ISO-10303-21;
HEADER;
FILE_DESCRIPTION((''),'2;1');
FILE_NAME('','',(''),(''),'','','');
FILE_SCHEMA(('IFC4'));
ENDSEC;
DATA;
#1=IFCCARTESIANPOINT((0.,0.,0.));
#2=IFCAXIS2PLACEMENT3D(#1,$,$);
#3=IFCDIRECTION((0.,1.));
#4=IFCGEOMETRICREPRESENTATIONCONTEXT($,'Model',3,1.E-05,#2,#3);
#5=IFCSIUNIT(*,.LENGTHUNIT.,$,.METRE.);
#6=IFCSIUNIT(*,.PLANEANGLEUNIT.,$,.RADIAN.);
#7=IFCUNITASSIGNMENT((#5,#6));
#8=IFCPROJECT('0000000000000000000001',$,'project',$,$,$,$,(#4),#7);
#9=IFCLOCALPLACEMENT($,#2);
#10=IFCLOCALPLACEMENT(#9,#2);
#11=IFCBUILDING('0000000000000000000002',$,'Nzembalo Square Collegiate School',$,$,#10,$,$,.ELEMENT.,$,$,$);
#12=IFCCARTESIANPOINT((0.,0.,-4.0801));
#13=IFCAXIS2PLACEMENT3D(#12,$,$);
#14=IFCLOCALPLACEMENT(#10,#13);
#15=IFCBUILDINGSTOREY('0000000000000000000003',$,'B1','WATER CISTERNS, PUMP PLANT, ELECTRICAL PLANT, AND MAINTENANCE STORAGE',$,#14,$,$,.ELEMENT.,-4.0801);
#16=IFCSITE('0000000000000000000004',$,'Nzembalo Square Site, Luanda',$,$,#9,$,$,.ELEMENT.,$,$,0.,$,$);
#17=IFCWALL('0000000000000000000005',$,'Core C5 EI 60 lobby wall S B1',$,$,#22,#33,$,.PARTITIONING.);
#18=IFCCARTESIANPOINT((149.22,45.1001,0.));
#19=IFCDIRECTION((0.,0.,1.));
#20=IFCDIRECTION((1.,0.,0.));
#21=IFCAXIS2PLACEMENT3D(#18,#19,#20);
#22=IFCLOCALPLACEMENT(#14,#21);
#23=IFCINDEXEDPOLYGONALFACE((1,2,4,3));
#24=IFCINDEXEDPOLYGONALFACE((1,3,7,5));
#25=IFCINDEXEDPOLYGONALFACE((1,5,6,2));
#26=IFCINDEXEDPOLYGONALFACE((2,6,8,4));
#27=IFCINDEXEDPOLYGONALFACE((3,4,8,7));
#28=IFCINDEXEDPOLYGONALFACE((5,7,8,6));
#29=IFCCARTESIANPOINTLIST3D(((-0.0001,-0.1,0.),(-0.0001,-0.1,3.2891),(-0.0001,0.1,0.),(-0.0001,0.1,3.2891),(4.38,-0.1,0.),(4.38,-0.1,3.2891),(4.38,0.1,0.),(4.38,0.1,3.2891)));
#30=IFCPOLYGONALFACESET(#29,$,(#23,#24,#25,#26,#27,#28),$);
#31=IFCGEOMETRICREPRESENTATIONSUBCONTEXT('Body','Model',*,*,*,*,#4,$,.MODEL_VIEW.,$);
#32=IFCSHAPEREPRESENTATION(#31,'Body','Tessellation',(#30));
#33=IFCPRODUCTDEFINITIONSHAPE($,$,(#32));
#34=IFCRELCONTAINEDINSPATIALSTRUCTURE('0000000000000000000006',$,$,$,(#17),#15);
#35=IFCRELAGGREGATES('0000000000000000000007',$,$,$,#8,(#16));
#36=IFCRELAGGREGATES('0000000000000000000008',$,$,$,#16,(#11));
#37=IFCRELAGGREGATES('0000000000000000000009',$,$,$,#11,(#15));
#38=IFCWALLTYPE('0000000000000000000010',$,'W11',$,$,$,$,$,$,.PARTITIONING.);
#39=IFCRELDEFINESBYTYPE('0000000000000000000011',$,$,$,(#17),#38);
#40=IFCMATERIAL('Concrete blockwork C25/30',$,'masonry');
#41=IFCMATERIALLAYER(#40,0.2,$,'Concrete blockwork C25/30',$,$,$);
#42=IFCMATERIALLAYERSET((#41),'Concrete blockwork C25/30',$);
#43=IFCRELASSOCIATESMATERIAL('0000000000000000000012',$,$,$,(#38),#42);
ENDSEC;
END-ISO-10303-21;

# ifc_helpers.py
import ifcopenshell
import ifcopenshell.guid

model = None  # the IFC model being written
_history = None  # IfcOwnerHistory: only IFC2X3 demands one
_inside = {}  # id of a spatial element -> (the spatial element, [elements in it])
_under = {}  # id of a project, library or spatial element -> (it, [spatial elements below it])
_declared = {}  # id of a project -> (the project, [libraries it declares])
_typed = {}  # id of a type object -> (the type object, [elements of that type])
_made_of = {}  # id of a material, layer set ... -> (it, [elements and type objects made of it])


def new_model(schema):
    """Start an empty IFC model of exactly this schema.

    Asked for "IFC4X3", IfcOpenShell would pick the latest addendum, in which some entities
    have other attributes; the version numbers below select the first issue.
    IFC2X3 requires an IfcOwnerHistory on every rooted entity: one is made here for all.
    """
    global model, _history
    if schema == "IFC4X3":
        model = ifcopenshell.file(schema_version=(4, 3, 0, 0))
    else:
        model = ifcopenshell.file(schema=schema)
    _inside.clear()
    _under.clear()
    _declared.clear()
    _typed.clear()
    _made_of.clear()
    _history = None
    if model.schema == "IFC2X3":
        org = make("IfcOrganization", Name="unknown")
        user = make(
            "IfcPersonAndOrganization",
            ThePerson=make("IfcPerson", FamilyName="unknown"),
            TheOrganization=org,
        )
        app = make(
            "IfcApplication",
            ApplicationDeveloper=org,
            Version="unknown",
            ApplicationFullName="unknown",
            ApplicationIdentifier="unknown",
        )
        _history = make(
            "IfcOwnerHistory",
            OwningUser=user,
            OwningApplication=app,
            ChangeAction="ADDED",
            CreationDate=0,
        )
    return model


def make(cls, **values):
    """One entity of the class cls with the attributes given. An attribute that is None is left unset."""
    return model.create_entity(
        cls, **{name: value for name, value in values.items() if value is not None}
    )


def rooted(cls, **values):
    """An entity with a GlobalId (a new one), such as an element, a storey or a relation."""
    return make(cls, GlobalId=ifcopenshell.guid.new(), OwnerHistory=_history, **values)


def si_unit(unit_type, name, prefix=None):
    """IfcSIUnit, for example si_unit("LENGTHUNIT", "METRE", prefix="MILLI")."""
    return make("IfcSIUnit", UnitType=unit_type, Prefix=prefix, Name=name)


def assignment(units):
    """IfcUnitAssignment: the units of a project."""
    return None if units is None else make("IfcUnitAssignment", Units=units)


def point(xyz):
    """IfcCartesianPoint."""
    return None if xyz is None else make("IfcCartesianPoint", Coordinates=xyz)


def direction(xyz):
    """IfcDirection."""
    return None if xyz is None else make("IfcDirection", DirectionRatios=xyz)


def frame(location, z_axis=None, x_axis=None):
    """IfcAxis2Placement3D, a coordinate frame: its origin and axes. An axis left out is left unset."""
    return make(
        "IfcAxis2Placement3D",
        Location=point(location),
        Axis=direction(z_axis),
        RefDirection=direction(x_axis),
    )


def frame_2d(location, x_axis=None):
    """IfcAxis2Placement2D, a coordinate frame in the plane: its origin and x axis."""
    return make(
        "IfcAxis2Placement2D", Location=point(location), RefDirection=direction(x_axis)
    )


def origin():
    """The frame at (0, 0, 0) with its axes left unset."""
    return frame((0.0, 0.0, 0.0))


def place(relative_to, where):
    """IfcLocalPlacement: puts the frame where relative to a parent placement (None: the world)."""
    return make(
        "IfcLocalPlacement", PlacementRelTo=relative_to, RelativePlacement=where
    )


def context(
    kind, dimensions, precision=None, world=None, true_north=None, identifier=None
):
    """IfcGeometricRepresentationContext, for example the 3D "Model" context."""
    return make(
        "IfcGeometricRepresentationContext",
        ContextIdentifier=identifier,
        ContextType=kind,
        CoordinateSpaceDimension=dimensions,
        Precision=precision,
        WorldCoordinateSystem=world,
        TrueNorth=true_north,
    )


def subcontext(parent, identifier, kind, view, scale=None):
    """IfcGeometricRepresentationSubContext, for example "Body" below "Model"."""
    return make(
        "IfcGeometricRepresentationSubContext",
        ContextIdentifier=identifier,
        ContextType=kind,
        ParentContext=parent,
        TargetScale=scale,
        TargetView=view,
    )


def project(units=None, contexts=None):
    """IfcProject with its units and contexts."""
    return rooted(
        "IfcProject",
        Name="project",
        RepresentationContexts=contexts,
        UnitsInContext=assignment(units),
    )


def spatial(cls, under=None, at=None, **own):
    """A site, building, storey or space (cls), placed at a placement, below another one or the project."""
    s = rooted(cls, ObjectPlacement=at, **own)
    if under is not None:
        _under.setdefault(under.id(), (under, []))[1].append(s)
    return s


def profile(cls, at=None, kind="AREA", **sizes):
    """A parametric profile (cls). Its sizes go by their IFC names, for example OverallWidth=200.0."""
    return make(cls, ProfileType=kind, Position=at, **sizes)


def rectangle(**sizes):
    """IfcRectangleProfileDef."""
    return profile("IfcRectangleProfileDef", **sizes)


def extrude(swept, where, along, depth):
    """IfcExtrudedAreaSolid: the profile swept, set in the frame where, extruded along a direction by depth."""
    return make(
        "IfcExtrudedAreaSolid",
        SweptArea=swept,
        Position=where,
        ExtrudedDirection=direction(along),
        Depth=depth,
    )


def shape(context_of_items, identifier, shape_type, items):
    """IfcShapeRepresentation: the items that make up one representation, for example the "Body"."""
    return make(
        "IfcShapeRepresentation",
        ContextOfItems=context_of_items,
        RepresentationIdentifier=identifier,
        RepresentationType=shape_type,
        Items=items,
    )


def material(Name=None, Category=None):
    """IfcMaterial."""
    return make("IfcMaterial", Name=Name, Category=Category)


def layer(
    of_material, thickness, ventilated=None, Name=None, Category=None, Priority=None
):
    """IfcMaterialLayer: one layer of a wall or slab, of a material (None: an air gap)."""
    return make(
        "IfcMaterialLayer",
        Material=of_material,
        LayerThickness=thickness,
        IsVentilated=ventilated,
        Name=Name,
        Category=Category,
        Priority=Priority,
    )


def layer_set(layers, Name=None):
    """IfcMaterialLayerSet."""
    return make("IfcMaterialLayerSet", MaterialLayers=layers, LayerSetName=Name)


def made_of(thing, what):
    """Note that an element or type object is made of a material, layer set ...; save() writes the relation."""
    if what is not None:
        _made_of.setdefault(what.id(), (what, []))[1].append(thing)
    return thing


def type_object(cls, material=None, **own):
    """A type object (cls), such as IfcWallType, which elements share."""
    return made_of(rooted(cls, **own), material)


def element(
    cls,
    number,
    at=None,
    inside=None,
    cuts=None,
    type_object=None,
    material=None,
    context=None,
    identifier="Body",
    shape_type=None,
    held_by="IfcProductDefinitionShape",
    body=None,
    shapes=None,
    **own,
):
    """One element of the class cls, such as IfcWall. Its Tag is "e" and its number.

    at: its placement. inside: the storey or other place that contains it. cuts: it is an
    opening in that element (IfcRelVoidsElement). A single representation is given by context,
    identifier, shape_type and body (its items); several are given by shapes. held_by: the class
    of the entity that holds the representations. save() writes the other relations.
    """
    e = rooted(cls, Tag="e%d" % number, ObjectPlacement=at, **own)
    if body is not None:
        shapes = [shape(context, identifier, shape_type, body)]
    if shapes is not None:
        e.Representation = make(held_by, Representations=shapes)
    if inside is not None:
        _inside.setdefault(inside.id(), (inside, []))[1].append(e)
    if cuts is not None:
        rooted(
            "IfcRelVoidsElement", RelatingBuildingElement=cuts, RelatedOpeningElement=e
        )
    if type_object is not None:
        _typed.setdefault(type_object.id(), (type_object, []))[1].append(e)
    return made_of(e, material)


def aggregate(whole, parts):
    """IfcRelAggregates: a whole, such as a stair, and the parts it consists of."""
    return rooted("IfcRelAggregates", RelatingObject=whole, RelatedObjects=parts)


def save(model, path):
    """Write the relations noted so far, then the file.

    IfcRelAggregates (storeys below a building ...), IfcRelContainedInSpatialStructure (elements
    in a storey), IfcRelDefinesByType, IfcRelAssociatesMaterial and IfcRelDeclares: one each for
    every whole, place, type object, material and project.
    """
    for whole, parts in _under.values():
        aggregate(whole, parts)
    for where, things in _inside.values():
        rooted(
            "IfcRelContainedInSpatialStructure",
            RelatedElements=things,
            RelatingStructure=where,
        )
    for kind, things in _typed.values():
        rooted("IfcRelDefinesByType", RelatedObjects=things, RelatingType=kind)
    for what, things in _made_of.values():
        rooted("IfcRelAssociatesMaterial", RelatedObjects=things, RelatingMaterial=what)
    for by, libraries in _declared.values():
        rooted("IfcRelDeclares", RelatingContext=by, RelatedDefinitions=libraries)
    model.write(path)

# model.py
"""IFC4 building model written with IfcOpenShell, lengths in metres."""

from ifc_helpers import new_model, si_unit, direction, frame, frame_2d, origin, place, context, subcontext, project, spatial, rectangle, extrude, material, layer, layer_set, type_object, element, save


model = new_model("IFC4")

# Units and contexts
model_context = context("Model", 3, precision=1e-05, world=origin(), true_north=direction((0.0, 1.0)))
body_context = subcontext(model_context, "Body", "Model", "MODEL_VIEW")
ifc_project = project(units=[si_unit("LENGTHUNIT", "METRE"), si_unit("PLANEANGLEUNIT", "RADIAN")], contexts=[model_context])

# Site, building, storey
site_placement = place(None, origin())
site = spatial("IfcSite", under=ifc_project, at=site_placement, Name="Nzembalo Square Site, Luanda", CompositionType="ELEMENT", RefElevation=0.0)
building_placement = place(site_placement, origin())
building = spatial("IfcBuilding", under=site, at=building_placement, Name="Nzembalo Square Collegiate School", CompositionType="ELEMENT")
storey_placement = place(building_placement, frame((0.0, 0.0, -4.0801)))
storey = spatial("IfcBuildingStorey", under=building, at=storey_placement, Name="B1", Description="WATER CISTERNS, PUMP PLANT, ELECTRICAL PLANT, AND MAINTENANCE STORAGE", CompositionType="ELEMENT", Elevation=-4.0801)

# Wall
ifc_material_1 = material(Name="Concrete blockwork C25/30", Category="masonry")
ifc_layer_1 = layer(ifc_material_1, 0.2, Name="Concrete blockwork C25/30")
ifc_layer_set_1 = layer_set([ifc_layer_1], Name="Concrete blockwork C25/30")
wall_type_1 = type_object("IfcWallType", Name="W11", PredefinedType="PARTITIONING", material=ifc_layer_set_1)
wall_1_placement = place(storey_placement, frame((149.22, 45.1001, 0.0), z_axis=(0.0, 0.0, 1.0), x_axis=(1.0, 0.0, 0.0)))
element("IfcWall", 1, at=wall_1_placement, inside=storey, type_object=wall_type_1, Name="Core C5 EI 60 lobby wall S B1", PredefinedType="PARTITIONING", context=body_context, shape_type="SweptSolid", body=[
    extrude(rectangle(XDim=4.3801, YDim=0.2, at=frame_2d((2.1899, 0.0))), origin(), (0.0, 0.0, 1.0), 3.2891),
])

save(model, "model.ifc")
